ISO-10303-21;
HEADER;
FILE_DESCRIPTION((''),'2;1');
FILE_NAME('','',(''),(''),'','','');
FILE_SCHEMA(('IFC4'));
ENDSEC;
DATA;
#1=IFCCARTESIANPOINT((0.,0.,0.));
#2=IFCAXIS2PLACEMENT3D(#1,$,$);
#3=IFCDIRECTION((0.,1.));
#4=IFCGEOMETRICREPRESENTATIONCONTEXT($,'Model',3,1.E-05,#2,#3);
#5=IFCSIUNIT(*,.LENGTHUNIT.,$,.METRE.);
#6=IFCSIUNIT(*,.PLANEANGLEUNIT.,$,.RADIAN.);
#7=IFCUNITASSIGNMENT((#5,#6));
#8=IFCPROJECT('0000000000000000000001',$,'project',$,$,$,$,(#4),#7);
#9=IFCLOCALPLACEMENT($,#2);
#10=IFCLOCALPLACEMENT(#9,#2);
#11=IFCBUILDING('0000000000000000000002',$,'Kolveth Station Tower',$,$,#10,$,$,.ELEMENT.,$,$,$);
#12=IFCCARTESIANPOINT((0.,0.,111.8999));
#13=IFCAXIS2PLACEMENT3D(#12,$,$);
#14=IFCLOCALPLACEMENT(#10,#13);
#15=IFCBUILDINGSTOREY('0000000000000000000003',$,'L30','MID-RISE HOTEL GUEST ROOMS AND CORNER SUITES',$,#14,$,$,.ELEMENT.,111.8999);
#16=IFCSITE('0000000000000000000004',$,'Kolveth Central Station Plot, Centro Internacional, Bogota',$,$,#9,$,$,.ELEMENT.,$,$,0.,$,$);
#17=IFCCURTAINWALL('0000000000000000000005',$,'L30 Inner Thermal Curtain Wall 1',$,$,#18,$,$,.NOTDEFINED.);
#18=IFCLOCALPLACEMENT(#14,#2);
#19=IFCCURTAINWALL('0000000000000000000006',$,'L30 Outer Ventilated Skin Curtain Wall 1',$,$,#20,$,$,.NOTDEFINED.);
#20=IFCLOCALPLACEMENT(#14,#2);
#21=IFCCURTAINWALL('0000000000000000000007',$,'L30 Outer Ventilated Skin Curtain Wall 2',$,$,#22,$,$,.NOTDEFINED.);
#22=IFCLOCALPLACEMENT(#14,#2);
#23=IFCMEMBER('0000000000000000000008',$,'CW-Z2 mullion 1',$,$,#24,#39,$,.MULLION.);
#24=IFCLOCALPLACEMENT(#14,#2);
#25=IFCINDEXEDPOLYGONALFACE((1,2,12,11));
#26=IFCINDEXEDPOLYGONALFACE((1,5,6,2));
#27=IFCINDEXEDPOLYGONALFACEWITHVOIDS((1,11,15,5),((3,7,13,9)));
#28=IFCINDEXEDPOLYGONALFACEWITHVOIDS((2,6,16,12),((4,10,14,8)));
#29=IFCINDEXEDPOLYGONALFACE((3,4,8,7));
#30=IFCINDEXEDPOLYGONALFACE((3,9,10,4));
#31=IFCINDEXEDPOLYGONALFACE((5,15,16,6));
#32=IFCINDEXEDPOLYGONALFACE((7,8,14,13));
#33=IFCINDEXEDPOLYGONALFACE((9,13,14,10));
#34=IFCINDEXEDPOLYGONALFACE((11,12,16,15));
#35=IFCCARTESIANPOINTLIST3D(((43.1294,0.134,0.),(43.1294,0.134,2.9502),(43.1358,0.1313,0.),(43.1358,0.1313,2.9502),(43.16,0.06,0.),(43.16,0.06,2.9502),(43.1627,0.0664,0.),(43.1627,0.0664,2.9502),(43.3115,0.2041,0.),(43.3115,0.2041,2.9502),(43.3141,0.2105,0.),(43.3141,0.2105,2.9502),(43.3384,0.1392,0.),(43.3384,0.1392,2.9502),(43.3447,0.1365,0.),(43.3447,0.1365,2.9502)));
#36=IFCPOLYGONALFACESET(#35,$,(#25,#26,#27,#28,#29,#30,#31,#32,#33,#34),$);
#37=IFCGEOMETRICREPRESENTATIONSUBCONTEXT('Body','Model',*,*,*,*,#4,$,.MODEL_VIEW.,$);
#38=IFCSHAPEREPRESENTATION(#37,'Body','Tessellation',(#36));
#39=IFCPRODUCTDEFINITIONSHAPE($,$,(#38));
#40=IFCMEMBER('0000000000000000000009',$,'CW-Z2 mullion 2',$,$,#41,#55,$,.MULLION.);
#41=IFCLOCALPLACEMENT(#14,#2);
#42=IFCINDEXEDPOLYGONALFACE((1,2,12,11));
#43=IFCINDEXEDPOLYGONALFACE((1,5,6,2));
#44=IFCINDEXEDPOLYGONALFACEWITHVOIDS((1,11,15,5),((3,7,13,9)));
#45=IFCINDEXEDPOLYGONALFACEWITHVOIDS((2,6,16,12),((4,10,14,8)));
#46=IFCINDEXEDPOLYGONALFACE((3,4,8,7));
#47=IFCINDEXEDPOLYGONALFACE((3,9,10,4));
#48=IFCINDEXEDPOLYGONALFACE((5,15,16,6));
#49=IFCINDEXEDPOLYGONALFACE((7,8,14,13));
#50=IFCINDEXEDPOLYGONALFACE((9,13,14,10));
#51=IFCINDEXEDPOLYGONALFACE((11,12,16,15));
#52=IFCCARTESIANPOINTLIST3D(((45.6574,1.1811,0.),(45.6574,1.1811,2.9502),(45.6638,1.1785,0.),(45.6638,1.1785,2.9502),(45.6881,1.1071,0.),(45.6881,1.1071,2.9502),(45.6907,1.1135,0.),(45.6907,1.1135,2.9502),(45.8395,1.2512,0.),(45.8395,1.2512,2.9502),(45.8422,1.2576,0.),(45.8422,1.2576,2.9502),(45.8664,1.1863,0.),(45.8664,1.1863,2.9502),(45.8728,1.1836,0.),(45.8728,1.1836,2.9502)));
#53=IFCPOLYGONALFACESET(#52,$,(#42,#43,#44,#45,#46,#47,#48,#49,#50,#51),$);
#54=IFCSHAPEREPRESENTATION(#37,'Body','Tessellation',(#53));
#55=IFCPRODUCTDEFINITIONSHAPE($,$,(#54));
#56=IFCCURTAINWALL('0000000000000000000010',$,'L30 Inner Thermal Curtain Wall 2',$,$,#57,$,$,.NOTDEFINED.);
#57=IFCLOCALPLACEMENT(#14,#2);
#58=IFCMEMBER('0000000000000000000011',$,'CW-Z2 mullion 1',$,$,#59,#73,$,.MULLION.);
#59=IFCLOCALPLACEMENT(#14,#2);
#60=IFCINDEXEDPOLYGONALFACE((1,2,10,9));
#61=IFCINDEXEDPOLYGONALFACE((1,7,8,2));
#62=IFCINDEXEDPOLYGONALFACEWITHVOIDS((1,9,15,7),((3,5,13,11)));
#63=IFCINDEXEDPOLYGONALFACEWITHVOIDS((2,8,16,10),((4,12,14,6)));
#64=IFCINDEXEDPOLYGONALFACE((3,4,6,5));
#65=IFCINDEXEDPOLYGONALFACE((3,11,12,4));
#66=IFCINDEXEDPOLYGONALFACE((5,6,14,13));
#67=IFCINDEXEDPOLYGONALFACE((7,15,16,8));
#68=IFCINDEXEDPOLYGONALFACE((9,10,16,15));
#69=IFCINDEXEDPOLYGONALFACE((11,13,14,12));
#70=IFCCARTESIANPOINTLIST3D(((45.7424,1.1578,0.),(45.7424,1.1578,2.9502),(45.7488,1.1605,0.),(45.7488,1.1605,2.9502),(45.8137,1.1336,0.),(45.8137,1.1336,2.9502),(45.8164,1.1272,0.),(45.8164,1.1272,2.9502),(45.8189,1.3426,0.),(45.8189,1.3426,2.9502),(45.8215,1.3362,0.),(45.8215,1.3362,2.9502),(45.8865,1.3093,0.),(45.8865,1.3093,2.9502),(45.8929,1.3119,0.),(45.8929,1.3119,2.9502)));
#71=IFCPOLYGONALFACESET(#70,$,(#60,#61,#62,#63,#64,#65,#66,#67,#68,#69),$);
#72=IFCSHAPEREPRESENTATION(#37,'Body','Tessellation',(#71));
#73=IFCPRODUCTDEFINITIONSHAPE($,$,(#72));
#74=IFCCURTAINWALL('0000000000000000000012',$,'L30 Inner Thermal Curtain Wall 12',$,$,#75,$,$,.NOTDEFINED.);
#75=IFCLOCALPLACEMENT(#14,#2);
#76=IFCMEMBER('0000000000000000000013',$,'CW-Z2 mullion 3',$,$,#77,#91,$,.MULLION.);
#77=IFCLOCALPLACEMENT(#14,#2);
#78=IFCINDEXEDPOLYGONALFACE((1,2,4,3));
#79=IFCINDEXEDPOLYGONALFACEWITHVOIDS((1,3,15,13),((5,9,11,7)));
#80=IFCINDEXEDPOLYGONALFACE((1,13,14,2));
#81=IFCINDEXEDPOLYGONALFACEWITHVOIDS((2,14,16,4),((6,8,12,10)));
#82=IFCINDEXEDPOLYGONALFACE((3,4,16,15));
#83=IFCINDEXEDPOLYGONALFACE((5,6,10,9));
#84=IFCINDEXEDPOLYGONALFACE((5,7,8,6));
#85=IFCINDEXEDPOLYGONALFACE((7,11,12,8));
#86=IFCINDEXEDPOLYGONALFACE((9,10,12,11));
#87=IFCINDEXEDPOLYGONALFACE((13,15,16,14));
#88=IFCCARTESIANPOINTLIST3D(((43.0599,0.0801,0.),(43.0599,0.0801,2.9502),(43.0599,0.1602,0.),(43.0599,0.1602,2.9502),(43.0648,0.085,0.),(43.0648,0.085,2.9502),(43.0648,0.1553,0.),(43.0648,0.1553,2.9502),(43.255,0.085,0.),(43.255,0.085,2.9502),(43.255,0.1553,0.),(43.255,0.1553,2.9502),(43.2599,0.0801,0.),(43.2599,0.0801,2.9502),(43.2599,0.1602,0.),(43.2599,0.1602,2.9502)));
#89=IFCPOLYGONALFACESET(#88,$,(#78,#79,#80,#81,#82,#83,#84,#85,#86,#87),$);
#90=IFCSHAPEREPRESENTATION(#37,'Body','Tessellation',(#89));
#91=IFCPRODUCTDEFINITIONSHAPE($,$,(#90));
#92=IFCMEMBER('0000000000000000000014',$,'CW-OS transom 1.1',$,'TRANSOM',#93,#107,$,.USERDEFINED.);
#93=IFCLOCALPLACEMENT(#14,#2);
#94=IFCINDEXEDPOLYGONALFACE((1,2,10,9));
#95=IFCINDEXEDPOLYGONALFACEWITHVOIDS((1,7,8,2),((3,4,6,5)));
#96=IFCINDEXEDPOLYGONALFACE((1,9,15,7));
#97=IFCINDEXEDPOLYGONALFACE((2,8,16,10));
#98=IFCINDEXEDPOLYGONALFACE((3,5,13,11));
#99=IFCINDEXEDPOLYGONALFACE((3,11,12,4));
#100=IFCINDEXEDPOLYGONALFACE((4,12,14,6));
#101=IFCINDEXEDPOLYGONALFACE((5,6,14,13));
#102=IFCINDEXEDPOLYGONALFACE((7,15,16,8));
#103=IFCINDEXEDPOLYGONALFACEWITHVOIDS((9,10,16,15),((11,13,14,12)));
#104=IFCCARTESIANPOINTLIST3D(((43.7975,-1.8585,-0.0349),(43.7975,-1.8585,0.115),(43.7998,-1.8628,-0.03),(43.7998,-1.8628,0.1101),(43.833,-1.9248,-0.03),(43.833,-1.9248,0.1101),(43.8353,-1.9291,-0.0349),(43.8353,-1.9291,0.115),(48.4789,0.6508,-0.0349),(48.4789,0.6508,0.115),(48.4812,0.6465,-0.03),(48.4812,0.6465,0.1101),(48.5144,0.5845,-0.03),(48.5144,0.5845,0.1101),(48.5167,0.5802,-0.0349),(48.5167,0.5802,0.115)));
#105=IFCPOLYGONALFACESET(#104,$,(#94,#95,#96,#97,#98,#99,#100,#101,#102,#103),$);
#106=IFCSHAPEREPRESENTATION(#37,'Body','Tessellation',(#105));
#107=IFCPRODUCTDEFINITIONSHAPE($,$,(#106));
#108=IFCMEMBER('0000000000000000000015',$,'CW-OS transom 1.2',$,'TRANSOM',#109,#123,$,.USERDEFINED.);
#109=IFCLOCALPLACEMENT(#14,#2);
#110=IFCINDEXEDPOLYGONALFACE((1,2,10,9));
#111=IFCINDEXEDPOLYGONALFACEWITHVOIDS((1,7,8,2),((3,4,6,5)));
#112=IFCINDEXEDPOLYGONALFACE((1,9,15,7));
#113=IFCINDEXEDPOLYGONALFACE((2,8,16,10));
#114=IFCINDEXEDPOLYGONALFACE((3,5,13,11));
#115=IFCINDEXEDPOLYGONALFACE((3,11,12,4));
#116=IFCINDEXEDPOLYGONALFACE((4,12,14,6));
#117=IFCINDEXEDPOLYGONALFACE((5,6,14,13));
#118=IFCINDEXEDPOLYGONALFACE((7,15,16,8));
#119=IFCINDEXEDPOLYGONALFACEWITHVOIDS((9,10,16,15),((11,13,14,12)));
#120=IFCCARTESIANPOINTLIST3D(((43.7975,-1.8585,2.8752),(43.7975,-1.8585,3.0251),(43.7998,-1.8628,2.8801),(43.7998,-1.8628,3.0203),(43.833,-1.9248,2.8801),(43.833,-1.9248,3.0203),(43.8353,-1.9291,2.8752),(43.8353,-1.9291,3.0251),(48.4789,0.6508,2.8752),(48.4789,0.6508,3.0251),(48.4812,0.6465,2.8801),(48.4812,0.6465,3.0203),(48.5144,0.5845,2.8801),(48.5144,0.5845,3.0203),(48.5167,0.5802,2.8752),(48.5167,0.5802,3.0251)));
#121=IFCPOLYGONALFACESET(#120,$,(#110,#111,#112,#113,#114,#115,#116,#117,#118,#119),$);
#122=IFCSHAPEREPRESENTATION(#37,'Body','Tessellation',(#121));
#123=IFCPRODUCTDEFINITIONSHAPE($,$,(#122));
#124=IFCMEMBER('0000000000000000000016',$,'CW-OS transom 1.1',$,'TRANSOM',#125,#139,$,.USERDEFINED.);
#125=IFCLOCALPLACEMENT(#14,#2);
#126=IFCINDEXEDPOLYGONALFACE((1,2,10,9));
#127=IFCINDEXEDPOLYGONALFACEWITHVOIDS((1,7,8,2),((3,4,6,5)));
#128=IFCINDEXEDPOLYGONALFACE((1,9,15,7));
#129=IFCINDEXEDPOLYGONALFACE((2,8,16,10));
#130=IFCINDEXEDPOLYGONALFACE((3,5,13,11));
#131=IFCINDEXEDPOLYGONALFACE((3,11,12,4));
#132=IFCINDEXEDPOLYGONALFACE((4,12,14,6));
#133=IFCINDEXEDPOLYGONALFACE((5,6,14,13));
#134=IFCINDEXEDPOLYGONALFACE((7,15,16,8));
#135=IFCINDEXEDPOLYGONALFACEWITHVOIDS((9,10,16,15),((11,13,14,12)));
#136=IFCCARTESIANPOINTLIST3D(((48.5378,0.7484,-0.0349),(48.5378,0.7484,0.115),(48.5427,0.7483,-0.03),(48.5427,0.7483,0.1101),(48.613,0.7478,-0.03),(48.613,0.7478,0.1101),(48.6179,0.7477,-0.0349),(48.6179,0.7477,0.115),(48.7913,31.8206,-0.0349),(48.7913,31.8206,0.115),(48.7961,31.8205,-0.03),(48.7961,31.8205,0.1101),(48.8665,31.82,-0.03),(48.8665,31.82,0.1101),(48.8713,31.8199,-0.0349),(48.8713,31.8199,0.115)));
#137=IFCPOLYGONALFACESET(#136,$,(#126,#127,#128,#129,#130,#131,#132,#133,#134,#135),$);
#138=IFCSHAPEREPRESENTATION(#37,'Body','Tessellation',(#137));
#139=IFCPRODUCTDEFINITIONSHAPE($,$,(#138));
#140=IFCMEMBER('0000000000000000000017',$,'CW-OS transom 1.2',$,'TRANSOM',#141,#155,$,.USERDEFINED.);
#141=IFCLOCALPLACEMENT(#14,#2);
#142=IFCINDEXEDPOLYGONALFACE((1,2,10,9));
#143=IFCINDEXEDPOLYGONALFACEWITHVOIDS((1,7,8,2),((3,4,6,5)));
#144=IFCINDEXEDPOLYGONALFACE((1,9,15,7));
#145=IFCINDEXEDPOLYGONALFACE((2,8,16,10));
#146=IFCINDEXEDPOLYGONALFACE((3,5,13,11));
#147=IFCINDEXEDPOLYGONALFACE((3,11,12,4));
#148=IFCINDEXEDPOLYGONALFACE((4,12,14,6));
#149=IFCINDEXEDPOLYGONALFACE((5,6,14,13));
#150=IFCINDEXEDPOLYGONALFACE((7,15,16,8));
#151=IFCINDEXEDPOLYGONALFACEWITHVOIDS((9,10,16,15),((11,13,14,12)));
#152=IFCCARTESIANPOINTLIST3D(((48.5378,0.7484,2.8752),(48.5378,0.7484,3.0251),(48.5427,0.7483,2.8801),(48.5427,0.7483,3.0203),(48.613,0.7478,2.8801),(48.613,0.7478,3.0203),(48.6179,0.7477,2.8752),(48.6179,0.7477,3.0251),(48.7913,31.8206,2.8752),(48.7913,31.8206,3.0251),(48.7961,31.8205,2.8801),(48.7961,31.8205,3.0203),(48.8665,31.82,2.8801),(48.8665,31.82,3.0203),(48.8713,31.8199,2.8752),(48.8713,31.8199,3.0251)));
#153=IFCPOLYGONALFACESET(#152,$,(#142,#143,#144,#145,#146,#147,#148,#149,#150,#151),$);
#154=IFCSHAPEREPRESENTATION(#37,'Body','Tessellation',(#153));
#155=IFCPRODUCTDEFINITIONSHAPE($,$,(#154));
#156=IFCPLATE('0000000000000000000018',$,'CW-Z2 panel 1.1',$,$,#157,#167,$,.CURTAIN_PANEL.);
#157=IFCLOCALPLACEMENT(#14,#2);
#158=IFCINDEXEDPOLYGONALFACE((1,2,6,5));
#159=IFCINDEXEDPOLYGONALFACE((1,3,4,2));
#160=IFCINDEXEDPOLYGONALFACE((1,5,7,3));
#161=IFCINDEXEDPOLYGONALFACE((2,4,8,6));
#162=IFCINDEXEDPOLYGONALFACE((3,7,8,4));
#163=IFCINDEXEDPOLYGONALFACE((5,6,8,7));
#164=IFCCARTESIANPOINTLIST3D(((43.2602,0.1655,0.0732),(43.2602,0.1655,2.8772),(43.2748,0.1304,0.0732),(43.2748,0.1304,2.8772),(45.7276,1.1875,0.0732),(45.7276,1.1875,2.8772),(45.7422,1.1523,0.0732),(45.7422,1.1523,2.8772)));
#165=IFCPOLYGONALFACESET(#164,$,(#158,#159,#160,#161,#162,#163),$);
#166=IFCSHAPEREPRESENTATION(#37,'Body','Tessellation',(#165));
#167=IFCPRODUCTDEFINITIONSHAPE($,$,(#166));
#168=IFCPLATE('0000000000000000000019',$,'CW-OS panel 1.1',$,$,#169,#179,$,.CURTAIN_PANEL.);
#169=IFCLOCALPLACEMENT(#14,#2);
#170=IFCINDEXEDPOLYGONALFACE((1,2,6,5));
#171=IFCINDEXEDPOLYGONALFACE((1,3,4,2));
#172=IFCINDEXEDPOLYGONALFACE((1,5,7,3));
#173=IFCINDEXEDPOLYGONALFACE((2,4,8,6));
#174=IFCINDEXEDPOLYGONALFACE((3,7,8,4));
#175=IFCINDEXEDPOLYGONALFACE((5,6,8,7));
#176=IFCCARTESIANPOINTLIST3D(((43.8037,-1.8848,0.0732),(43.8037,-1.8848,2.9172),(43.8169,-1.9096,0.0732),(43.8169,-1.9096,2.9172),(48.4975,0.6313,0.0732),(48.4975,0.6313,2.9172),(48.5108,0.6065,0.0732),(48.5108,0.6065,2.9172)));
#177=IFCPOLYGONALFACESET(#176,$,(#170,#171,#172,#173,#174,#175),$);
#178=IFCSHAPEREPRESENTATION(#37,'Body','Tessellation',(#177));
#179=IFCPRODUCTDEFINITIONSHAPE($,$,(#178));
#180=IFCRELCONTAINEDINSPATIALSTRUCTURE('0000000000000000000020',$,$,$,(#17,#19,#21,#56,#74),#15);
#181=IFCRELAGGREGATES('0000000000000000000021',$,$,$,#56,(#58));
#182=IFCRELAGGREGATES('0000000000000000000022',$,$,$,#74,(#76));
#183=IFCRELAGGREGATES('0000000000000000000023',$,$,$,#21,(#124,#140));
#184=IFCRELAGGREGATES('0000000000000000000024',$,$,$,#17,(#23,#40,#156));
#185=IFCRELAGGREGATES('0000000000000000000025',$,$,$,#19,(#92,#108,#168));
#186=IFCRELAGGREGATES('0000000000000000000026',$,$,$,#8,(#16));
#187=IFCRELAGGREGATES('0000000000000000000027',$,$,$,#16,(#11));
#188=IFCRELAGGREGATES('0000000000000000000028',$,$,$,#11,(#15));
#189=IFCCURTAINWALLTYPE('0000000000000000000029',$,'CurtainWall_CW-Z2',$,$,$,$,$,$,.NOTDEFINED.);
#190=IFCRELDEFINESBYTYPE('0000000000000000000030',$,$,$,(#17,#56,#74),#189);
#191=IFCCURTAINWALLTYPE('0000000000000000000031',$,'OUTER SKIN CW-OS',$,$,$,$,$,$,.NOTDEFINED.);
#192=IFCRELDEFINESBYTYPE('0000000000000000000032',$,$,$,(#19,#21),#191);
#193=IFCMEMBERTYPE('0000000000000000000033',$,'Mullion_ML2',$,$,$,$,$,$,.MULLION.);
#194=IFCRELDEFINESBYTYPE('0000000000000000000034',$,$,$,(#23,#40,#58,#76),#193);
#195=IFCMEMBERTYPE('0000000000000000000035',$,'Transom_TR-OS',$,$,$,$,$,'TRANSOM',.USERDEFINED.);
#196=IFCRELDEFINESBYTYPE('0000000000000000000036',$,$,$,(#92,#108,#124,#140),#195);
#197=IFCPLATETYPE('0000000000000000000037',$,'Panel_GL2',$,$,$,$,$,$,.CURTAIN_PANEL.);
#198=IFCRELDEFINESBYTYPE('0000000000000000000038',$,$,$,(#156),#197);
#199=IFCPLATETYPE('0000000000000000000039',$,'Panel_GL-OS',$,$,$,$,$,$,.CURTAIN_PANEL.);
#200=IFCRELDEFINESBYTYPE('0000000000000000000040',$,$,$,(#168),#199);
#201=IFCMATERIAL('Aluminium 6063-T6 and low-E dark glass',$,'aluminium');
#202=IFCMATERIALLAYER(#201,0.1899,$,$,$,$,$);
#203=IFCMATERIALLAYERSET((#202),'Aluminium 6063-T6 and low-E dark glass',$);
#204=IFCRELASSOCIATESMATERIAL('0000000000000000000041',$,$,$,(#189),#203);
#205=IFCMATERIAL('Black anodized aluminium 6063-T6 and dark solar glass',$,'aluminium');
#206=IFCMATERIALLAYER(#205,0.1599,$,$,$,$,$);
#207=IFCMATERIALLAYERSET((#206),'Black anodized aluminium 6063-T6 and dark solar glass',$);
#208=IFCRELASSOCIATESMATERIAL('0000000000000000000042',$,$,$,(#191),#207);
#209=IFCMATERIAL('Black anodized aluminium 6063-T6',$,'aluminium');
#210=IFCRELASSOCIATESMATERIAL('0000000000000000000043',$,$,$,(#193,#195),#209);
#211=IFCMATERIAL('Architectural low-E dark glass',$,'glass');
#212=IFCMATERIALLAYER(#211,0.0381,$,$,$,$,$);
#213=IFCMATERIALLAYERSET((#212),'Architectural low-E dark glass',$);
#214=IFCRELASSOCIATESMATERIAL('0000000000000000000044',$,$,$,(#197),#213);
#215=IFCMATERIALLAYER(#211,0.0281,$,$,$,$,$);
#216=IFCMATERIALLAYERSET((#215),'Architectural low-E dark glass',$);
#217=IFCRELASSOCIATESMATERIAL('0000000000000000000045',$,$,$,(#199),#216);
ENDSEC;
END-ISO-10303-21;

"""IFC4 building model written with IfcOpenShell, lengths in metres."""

from ifc_helpers import new_model, si_unit, direction, frame, origin, origin_2d, place, context, subcontext, project, spatial, rectangle, hollow_rectangle, extrude, source, transform, mapped, material, layer, layer_set, material_profile, profile_set, type_object, element, aggregate, save


model = new_model("IFC4")

# Units and contexts
model_context = context("Model", 3, precision=1e-05, world=origin(), true_north=direction((0.0, 1.0)))
body_context = subcontext(model_context, "Body", "Model", "MODEL_VIEW")
ifc_project = project(units=[si_unit("LENGTHUNIT", "METRE"), si_unit("PLANEANGLEUNIT", "RADIAN")], contexts=[model_context])

# Site, building, storey
site_placement = place(None, origin())
site = spatial("IfcSite", under=ifc_project, at=site_placement, Name="Kolveth Central Station Plot, Centro Internacional, Bogota", CompositionType="ELEMENT", RefElevation=0.0)
building_placement = place(site_placement, origin())
building = spatial("IfcBuilding", under=site, at=building_placement, Name="Kolveth Station Tower", CompositionType="ELEMENT")
storey_placement = place(building_placement, frame((0.0, 0.0, 111.8999)))
storey = spatial("IfcBuildingStorey", under=building, at=storey_placement, Name="L30", Description="MID-RISE HOTEL GUEST ROOMS AND CORNER SUITES", CompositionType="ELEMENT", Elevation=111.8999)

# Curtain walls
ifc_material_1 = material(Name="Aluminium 6063-T6 and low-E dark glass", Category="aluminium")
ifc_layer_1 = layer(ifc_material_1, 0.1899)
ifc_layer_set_1 = layer_set([ifc_layer_1], Name="Aluminium 6063-T6 and low-E dark glass")
curtain_wall_type_1 = type_object("IfcCurtainWallType", Name="CurtainWall_CW-Z2", PredefinedType="NOTDEFINED", material=ifc_layer_set_1)
curtain_wall_1_placement = place(storey_placement, origin())
curtain_wall_1 = element("IfcCurtainWall", 1, at=curtain_wall_1_placement, inside=storey, type_object=curtain_wall_type_1, Name="L30 Inner Thermal Curtain Wall 1", PredefinedType="NOTDEFINED")
ifc_material_2 = material(Name="Black anodized aluminium 6063-T6", Category="aluminium")
ifc_material_3 = material(Name="Black anodized aluminium 6063-T6 and dark solar glass", Category="aluminium")
ifc_layer_2 = layer(ifc_material_3, 0.1599)
ifc_layer_set_2 = layer_set([ifc_layer_2], Name="Black anodized aluminium 6063-T6 and dark solar glass")
curtain_wall_type_2 = type_object("IfcCurtainWallType", Name="OUTER SKIN CW-OS", PredefinedType="NOTDEFINED", material=ifc_layer_set_2)
curtain_wall_2_placement = place(storey_placement, origin())
curtain_wall_2 = element("IfcCurtainWall", 2, at=curtain_wall_2_placement, inside=storey, type_object=curtain_wall_type_2, Name="L30 Outer Ventilated Skin Curtain Wall 1", PredefinedType="NOTDEFINED")

# Curtain wall
curtain_wall_3_placement = place(storey_placement, origin())
curtain_wall_3 = element("IfcCurtainWall", 3, at=curtain_wall_3_placement, inside=storey, type_object=curtain_wall_type_2, Name="L30 Outer Ventilated Skin Curtain Wall 2", PredefinedType="NOTDEFINED")

# Members
ifc_material_profile_1 = material_profile(ifc_material_2, hollow_rectangle(XDim=0.0801, YDim=0.2, WallThickness=0.0049, at=origin_2d()), Name="ALU-80x200x5")
ifc_profile_set_1 = profile_set([ifc_material_profile_1], Name="Black anodized aluminium 6063-T6")
member_type_1 = type_object("IfcMemberType", Name="Mullion_ML2", PredefinedType="MULLION", material=ifc_profile_set_1)
shared_shape_1 = source(origin(), body_context, "Body", "SweptSolid", [
    extrude(hollow_rectangle(XDim=0.0801, YDim=0.2, WallThickness=0.0049, at=origin_2d()), origin(), (0.0, 0.0, 1.0), 2.9502),
])
member_1_placement = place(storey_placement, frame((43.2371, 0.1353, 0.0), z_axis=(0.0, 0.0, 1.0), x_axis=(-0.382663, 0.923888, 0.0)))
member_1 = element("IfcMember", 4, at=member_1_placement, type_object=member_type_1, Name="CW-Z2 mullion 1", PredefinedType="MULLION", context=body_context, shape_type="MappedRepresentation", body=[
    mapped(shared_shape_1, transform((0.0, 0.0, 0.0), x_axis=(1.0, 0.0, 0.0), y_axis=(0.0, 1.0, 0.0), z_axis=(0.0, 0.0, 1.0), scale=1.0)),
])
member_2_placement = place(storey_placement, frame((45.7651, 1.1824, 0.0), z_axis=(0.0, 0.0, 1.0), x_axis=(-0.382663, 0.923888, 0.0)))
member_2 = element("IfcMember", 5, at=member_2_placement, type_object=member_type_1, Name="CW-Z2 mullion 2", PredefinedType="MULLION", context=body_context, shape_type="MappedRepresentation", body=[
    mapped(shared_shape_1, transform((0.0, 0.0, 0.0), x_axis=(1.0, 0.0, 0.0), y_axis=(0.0, 1.0, 0.0), z_axis=(0.0, 0.0, 1.0), scale=1.0)),
])

# Curtain walls, members
curtain_wall_4_placement = place(storey_placement, origin())
curtain_wall_4 = element("IfcCurtainWall", 6, at=curtain_wall_4_placement, inside=storey, type_object=curtain_wall_type_1, Name="L30 Inner Thermal Curtain Wall 2", PredefinedType="NOTDEFINED")
member_3_placement = place(storey_placement, frame((45.8176, 1.2349, 0.0), z_axis=(0.0, 0.0, 1.0), x_axis=(-0.923888, 0.382663, 0.0)))
member_3 = element("IfcMember", 7, at=member_3_placement, type_object=member_type_1, Name="CW-Z2 mullion 1", PredefinedType="MULLION", context=body_context, shape_type="MappedRepresentation", body=[
    mapped(shared_shape_1, transform((0.0, 0.0, 0.0), x_axis=(1.0, 0.0, 0.0), y_axis=(0.0, 1.0, 0.0), z_axis=(0.0, 0.0, 1.0), scale=1.0)),
])
aggregate(curtain_wall_4, [member_3])
curtain_wall_5_placement = place(storey_placement, origin())
curtain_wall_5 = element("IfcCurtainWall", 8, at=curtain_wall_5_placement, inside=storey, type_object=curtain_wall_type_1, Name="L30 Inner Thermal Curtain Wall 12", PredefinedType="NOTDEFINED")
member_4_placement = place(storey_placement, frame((43.1599, 0.1201, 0.0), z_axis=(0.0, 0.0, 1.0), x_axis=(0.0, 1.0, 0.0)))
member_4 = element("IfcMember", 9, at=member_4_placement, type_object=member_type_1, Name="CW-Z2 mullion 3", PredefinedType="MULLION", context=body_context, shape_type="MappedRepresentation", body=[
    mapped(shared_shape_1, transform((0.0, 0.0, 0.0), x_axis=(1.0, 0.0, 0.0), y_axis=(0.0, 1.0, 0.0), z_axis=(0.0, 0.0, 1.0), scale=1.0)),
])
aggregate(curtain_wall_5, [member_4])

# Members
ifc_material_profile_2 = material_profile(ifc_material_2, hollow_rectangle(XDim=0.0801, YDim=0.1499, WallThickness=0.0049, at=origin_2d()), Name="ALU-80x150x5")
ifc_profile_set_2 = profile_set([ifc_material_profile_2], Name="Black anodized aluminium 6063-T6")
member_type_2 = type_object("IfcMemberType", Name="Transom_TR-OS", ElementType="TRANSOM", PredefinedType="USERDEFINED", material=ifc_profile_set_2)
shared_shape_2 = source(origin(), body_context, "Body", "SweptSolid", [
    extrude(hollow_rectangle(XDim=0.0801, YDim=0.1499, WallThickness=0.0049, at=origin_2d()), origin(), (0.0, 0.0, 1.0), 5.3115),
])
member_5_placement = place(storey_placement, frame((43.8164, -1.8938, 0.04), z_axis=(0.881371, 0.472424, 0.0), x_axis=(-0.472424, 0.881371, 0.0)))
member_5 = element("IfcMember", 10, at=member_5_placement, type_object=member_type_2, Name="CW-OS transom 1.1", ObjectType="TRANSOM", PredefinedType="USERDEFINED", context=body_context, shape_type="MappedRepresentation", body=[
    mapped(shared_shape_2, transform((0.0, 0.0, 0.0), x_axis=(1.0, 0.0, 0.0), y_axis=(0.0, 1.0, 0.0), z_axis=(0.0, 0.0, 1.0), scale=1.0)),
])
member_6_placement = place(storey_placement, frame((43.8164, -1.8938, 2.9502), z_axis=(0.881371, 0.472424, 0.0), x_axis=(-0.472424, 0.881371, 0.0)))
member_6 = element("IfcMember", 11, at=member_6_placement, type_object=member_type_2, Name="CW-OS transom 1.2", ObjectType="TRANSOM", PredefinedType="USERDEFINED", context=body_context, shape_type="MappedRepresentation", body=[
    mapped(shared_shape_2, transform((0.0, 0.0, 0.0), x_axis=(1.0, 0.0, 0.0), y_axis=(0.0, 1.0, 0.0), z_axis=(0.0, 0.0, 1.0), scale=1.0)),
])
shared_shape_3 = source(origin(), body_context, "Body", "SweptSolid", [
    extrude(hollow_rectangle(XDim=0.0801, YDim=0.1499, WallThickness=0.0049, at=origin_2d()), origin(), (0.0, 0.0, 1.0), 31.0732),
])
member_7_placement = place(storey_placement, frame((48.5779, 0.748, 0.04), z_axis=(0.008155, 0.999967, 0.0), x_axis=(-0.999967, 0.008155, 0.0)))
member_7 = element("IfcMember", 12, at=member_7_placement, type_object=member_type_2, Name="CW-OS transom 1.1", ObjectType="TRANSOM", PredefinedType="USERDEFINED", context=body_context, shape_type="MappedRepresentation", body=[
    mapped(shared_shape_3, transform((0.0, 0.0, 0.0), x_axis=(1.0, 0.0, 0.0), y_axis=(0.0, 1.0, 0.0), z_axis=(0.0, 0.0, 1.0), scale=1.0)),
])
member_8_placement = place(storey_placement, frame((48.5779, 0.748, 2.9502), z_axis=(0.008155, 0.999967, 0.0), x_axis=(-0.999967, 0.008155, 0.0)))
member_8 = element("IfcMember", 13, at=member_8_placement, type_object=member_type_2, Name="CW-OS transom 1.2", ObjectType="TRANSOM", PredefinedType="USERDEFINED", context=body_context, shape_type="MappedRepresentation", body=[
    mapped(shared_shape_3, transform((0.0, 0.0, 0.0), x_axis=(1.0, 0.0, 0.0), y_axis=(0.0, 1.0, 0.0), z_axis=(0.0, 0.0, 1.0), scale=1.0)),
])
aggregate(curtain_wall_3, [member_7, member_8])

# Plates
ifc_material_4 = material(Name="Architectural low-E dark glass", Category="glass")
ifc_layer_3 = layer(ifc_material_4, 0.0381)
ifc_layer_set_3 = layer_set([ifc_layer_3], Name="Architectural low-E dark glass")
plate_type_1 = type_object("IfcPlateType", Name="Panel_GL2", PredefinedType="CURTAIN_PANEL", material=ifc_layer_set_3)
shared_shape_4 = source(origin(), body_context, "Body", "SweptSolid", [
    extrude(rectangle(XDim=2.6707, YDim=0.0381, at=origin_2d()), origin(), (0.0, 0.0, 1.0), 2.804),
])
plate_1_placement = place(storey_placement, frame((44.5012, 0.6589, 0.0732), z_axis=(0.0, 0.0, 1.0), x_axis=(0.923888, 0.382663, 0.0)))
plate_1 = element("IfcPlate", 14, at=plate_1_placement, type_object=plate_type_1, Name="CW-Z2 panel 1.1", PredefinedType="CURTAIN_PANEL", context=body_context, shape_type="MappedRepresentation", body=[
    mapped(shared_shape_4, transform((0.0, 0.0, 0.0), x_axis=(1.0, 0.0, 0.0), y_axis=(0.0, 1.0, 0.0), z_axis=(0.0, 0.0, 1.0), scale=1.0)),
])
aggregate(curtain_wall_1, [member_1, member_2, plate_1])
ifc_layer_4 = layer(ifc_material_4, 0.0281)
ifc_layer_set_4 = layer_set([ifc_layer_4], Name="Architectural low-E dark glass")
plate_type_2 = type_object("IfcPlateType", Name="Panel_GL-OS", PredefinedType="CURTAIN_PANEL", material=ifc_layer_set_4)
shared_shape_5 = source(origin(), body_context, "Body", "SweptSolid", [
    extrude(rectangle(XDim=5.3257, YDim=0.0281, at=origin_2d()), origin(), (0.0, 0.0, 1.0), 2.844),
])
plate_2_placement = place(storey_placement, frame((46.1572, -0.6392, 0.0732), z_axis=(0.0, 0.0, 1.0), x_axis=(0.881359, 0.472446, 0.0)))
plate_2 = element("IfcPlate", 15, at=plate_2_placement, type_object=plate_type_2, Name="CW-OS panel 1.1", PredefinedType="CURTAIN_PANEL", context=body_context, shape_type="MappedRepresentation", body=[
    mapped(shared_shape_5, transform((0.0, 0.0, 0.0), x_axis=(1.0, 0.0, 0.0), y_axis=(0.0, 1.0, 0.0), z_axis=(0.0, 0.0, 1.0), scale=1.0)),
])
aggregate(curtain_wall_2, [member_5, member_6, plate_2])

save(model, "model.ifc")
